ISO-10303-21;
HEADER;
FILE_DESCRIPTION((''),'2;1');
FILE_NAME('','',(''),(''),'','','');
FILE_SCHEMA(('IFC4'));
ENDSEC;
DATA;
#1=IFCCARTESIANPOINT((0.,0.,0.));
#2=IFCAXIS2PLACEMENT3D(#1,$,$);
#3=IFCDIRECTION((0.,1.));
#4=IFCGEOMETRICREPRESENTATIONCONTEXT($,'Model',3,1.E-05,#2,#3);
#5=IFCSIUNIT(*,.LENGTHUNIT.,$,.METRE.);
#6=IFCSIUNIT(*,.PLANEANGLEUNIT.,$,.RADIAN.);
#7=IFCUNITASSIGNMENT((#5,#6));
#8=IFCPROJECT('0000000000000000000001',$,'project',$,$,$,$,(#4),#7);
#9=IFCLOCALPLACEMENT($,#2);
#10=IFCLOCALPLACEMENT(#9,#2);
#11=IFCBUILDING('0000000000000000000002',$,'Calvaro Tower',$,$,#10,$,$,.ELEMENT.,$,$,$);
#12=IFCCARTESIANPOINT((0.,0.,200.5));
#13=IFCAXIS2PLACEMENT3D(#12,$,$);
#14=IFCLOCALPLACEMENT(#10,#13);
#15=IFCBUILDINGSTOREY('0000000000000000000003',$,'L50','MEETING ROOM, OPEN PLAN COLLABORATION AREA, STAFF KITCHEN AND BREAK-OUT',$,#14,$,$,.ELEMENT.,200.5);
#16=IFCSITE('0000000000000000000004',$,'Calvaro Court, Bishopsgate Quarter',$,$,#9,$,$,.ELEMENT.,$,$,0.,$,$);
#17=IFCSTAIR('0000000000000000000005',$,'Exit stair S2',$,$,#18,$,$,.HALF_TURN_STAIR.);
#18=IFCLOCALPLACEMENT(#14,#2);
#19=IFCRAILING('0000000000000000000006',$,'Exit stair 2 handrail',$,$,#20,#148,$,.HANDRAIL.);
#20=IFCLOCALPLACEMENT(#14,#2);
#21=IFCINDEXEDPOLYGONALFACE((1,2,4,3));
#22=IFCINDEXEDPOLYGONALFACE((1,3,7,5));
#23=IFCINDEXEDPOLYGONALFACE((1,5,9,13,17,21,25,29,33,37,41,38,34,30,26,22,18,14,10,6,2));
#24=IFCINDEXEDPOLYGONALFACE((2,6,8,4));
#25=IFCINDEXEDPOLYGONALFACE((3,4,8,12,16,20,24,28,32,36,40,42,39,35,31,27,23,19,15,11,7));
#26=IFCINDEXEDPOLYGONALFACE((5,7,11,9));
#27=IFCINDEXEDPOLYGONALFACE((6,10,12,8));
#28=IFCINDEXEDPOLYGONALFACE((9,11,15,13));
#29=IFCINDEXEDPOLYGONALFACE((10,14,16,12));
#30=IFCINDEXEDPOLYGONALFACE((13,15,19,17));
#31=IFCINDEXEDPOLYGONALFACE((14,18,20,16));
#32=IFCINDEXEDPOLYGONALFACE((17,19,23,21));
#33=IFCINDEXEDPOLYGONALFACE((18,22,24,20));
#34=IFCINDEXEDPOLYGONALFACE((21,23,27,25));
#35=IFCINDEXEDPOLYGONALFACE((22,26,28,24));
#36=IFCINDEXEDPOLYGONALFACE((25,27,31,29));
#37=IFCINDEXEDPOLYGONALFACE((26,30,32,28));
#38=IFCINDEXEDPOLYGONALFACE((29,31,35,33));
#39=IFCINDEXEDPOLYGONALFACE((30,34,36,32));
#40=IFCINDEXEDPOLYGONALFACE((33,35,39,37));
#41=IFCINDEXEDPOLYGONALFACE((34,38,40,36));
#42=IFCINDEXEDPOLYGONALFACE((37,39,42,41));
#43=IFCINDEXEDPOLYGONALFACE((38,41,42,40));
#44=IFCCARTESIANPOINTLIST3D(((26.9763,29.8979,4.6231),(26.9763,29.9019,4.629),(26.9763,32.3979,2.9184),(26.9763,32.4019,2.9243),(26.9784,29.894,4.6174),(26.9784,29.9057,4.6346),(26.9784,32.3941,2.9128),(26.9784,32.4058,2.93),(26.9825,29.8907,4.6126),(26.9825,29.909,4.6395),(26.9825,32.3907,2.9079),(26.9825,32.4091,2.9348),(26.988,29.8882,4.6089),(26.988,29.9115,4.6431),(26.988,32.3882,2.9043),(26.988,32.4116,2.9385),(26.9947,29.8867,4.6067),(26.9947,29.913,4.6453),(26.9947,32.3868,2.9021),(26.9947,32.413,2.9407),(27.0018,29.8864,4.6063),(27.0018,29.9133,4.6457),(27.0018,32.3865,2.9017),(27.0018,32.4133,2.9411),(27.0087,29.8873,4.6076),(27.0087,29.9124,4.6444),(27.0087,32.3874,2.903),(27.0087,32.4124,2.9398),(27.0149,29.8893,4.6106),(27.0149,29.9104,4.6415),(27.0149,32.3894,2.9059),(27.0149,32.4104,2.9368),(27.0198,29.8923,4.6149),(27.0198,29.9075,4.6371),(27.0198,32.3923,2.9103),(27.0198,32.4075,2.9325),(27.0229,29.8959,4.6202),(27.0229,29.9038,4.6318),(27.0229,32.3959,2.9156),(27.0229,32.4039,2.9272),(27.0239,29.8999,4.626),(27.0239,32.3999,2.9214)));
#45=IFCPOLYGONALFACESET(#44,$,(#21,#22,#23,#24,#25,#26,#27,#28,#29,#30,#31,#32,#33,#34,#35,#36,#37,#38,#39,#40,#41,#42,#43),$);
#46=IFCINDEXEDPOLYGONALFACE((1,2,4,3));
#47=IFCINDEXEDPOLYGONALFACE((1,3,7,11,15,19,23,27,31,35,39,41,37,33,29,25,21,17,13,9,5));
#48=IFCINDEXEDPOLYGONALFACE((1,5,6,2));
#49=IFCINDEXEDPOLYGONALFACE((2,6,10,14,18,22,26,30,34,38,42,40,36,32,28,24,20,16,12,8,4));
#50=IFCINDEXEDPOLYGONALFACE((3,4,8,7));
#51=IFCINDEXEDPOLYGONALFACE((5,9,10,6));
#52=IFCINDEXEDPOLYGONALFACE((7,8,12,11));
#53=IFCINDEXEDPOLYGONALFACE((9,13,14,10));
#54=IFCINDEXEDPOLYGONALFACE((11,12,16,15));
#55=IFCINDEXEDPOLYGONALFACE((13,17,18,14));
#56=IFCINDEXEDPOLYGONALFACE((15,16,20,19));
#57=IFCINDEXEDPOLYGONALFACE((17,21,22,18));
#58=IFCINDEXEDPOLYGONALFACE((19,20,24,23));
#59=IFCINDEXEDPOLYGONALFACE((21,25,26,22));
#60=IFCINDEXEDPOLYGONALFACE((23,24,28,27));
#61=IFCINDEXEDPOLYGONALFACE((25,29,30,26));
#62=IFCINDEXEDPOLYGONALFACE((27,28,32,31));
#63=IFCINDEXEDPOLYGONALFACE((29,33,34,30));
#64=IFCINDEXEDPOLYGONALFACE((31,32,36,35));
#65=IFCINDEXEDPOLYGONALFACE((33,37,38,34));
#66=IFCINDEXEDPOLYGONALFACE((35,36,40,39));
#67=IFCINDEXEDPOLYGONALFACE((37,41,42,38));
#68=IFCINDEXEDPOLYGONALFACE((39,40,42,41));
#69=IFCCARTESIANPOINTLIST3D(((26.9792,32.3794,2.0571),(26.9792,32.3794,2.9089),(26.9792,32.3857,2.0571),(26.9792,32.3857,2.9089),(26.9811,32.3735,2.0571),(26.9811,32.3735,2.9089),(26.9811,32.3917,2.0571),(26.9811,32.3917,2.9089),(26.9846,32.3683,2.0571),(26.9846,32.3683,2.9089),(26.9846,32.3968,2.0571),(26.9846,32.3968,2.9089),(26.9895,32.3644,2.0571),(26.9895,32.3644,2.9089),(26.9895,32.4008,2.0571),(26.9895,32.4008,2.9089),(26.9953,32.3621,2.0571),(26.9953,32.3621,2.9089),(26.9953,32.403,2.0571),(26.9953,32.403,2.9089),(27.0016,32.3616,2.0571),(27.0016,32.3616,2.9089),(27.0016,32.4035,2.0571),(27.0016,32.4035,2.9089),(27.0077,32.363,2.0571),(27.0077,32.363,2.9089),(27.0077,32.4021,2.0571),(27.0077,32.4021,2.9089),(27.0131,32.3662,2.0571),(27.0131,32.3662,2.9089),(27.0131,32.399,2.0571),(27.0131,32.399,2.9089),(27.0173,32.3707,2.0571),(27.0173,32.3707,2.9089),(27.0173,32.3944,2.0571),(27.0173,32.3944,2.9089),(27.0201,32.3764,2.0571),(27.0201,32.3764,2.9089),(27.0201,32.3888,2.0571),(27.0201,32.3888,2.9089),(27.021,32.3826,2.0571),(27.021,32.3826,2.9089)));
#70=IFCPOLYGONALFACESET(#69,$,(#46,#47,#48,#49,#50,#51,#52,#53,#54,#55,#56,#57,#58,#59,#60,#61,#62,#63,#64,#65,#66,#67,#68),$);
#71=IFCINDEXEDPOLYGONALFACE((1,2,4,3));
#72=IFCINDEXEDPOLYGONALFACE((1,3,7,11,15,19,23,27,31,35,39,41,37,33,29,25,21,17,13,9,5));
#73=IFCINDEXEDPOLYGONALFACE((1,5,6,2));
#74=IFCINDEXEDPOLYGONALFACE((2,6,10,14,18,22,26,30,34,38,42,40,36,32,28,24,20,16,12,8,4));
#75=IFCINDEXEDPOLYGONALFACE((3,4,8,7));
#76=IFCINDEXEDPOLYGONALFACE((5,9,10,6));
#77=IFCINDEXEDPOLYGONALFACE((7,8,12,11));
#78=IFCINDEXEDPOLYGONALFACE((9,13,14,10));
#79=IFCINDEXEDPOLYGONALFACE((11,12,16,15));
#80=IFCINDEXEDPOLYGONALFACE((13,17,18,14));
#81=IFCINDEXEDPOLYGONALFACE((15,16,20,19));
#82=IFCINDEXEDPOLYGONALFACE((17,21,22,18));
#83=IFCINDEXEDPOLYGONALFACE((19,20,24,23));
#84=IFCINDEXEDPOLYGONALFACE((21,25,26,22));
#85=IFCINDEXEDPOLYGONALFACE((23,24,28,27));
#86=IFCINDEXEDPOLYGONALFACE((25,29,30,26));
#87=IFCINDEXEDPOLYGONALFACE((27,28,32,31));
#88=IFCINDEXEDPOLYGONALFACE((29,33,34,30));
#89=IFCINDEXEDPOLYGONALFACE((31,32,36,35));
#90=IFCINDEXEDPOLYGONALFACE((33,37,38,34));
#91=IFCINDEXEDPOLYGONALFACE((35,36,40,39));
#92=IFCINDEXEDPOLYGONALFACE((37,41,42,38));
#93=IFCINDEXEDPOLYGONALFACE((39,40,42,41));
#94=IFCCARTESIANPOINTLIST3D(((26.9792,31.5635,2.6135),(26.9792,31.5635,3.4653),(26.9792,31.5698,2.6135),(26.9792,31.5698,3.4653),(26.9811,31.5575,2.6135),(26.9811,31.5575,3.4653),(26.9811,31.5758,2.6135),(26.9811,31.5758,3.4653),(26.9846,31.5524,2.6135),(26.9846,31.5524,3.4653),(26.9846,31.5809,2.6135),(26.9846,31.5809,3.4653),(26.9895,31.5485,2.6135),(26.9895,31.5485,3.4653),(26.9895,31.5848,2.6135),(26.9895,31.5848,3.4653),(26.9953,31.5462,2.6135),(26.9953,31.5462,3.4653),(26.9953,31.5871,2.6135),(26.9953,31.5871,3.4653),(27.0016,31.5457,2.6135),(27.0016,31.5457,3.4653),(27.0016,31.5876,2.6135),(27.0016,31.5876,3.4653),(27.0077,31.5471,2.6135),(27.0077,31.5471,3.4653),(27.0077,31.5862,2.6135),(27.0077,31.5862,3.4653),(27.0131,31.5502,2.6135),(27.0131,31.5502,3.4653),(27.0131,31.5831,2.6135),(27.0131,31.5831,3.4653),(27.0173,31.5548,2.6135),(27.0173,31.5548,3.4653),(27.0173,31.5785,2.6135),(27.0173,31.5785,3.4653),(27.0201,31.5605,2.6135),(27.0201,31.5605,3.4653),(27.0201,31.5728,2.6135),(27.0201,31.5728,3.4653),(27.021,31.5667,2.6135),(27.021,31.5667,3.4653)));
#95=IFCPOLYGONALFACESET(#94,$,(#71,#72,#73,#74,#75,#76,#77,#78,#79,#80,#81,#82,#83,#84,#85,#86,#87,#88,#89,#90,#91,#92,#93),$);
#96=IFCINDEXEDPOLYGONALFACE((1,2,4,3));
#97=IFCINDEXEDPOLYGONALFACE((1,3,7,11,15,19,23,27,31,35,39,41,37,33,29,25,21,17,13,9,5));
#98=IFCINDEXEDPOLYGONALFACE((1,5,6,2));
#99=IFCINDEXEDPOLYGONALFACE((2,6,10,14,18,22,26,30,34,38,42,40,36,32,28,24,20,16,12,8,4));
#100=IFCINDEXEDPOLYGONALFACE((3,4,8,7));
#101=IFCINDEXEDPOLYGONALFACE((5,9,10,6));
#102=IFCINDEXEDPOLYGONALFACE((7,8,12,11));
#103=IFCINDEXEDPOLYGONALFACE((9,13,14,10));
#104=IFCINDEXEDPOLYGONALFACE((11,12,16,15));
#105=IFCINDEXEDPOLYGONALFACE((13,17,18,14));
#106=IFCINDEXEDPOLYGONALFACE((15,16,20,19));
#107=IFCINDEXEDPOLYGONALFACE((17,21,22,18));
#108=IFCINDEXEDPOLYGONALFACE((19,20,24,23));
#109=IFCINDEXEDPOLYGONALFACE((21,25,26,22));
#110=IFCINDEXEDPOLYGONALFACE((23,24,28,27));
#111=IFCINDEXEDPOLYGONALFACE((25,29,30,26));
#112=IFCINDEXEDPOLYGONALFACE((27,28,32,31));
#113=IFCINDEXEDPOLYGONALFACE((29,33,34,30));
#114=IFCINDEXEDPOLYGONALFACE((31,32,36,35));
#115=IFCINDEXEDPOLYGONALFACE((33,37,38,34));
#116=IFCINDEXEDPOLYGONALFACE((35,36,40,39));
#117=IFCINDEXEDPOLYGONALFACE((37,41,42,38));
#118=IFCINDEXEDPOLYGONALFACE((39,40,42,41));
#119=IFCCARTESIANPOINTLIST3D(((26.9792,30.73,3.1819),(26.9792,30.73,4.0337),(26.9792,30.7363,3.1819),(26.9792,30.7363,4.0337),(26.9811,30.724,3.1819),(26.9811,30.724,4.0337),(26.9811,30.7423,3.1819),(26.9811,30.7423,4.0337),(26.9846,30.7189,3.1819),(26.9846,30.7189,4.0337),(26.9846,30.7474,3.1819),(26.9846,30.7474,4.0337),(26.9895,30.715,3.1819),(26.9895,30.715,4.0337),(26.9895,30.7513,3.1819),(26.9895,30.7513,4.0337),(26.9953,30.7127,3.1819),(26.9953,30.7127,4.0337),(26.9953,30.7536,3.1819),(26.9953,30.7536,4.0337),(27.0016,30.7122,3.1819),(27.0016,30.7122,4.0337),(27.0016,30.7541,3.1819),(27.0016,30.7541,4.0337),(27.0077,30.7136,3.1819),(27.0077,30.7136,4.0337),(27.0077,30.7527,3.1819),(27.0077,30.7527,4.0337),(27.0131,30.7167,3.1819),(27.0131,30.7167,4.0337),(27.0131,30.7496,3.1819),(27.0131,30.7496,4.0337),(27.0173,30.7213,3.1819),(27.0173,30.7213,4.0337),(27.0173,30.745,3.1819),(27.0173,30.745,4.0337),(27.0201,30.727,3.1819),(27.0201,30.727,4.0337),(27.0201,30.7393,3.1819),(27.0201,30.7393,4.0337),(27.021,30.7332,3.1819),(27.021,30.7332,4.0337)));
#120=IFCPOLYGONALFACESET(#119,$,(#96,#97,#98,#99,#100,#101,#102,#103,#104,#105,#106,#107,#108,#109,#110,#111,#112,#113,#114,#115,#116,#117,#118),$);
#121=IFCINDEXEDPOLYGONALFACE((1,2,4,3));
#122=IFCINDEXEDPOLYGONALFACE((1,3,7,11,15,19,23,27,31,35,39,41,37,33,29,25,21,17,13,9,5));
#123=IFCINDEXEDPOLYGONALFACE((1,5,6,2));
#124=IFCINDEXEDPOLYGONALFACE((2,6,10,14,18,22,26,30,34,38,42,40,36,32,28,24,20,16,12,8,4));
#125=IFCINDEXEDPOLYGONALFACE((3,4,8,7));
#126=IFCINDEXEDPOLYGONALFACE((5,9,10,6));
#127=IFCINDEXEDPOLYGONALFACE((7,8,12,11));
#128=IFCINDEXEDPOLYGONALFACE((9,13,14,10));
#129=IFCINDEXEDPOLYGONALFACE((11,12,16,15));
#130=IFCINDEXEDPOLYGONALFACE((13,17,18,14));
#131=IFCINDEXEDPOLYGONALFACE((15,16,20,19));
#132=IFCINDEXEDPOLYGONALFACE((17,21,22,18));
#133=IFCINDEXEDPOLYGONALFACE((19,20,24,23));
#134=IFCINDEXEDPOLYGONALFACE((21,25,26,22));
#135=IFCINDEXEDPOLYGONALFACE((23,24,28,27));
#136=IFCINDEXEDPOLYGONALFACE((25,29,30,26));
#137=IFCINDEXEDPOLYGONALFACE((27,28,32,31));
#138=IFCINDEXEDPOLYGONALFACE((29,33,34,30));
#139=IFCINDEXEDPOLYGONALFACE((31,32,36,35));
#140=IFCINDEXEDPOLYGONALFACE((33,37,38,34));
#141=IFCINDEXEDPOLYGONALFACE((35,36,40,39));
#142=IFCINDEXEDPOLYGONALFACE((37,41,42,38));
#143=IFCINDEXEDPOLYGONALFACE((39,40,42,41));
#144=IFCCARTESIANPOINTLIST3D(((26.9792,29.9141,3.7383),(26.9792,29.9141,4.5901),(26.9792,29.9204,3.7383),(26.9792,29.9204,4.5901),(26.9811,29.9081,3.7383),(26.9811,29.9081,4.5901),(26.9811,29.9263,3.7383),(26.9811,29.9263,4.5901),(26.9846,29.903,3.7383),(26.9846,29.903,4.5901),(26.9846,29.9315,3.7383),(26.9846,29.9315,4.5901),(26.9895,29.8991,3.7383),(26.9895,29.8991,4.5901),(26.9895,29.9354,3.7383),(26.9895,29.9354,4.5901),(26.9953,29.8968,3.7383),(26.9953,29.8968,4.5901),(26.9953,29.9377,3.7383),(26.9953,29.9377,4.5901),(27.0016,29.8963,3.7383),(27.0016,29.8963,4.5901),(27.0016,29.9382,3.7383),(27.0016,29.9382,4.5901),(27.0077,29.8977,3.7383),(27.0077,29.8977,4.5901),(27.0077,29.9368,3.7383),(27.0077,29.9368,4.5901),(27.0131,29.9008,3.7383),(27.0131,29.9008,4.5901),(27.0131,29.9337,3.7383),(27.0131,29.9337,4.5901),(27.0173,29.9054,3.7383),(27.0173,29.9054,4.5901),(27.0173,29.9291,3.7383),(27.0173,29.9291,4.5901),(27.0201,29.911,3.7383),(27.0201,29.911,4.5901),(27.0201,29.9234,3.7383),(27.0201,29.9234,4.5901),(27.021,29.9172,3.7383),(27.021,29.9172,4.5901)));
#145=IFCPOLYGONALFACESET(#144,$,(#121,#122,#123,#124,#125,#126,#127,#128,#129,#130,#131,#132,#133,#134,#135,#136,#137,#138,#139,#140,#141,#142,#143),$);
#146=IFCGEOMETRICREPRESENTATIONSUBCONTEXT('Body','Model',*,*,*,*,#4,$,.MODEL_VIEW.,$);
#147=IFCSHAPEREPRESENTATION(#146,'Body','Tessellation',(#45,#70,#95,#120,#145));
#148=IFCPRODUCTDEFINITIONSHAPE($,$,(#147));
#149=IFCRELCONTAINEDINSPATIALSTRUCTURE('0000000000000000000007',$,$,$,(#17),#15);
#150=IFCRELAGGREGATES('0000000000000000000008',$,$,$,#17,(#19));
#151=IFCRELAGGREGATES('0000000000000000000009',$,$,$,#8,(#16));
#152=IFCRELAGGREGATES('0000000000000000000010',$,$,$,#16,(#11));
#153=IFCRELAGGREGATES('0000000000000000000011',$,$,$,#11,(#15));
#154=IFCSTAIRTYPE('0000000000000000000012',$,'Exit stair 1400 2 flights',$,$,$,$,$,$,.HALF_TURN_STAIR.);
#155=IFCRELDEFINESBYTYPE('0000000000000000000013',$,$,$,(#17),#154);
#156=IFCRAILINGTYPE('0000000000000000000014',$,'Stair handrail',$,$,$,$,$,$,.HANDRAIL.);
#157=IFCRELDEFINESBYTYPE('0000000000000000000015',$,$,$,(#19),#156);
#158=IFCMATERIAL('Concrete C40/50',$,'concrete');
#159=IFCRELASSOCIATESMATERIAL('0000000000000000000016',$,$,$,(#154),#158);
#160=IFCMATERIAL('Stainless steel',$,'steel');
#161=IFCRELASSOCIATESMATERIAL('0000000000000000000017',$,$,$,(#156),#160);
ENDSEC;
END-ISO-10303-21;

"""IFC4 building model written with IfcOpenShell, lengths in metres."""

from ifc_helpers import new_model, si_unit, direction, frame, origin, origin_2d, place, context, subcontext, project, spatial, circle, extrude, material, type_object, element, aggregate, save


model = new_model("IFC4")

# Units and contexts
model_context = context("Model", 3, precision=1e-05, world=origin(), true_north=direction((0.0, 1.0)))
body_context = subcontext(model_context, "Body", "Model", "MODEL_VIEW")
ifc_project = project(units=[si_unit("LENGTHUNIT", "METRE"), si_unit("PLANEANGLEUNIT", "RADIAN")], contexts=[model_context])

# Site, building, storey
site_placement = place(None, origin())
site = spatial("IfcSite", under=ifc_project, at=site_placement, Name="Calvaro Court, Bishopsgate Quarter", CompositionType="ELEMENT", RefElevation=0.0)
building_placement = place(site_placement, origin())
building = spatial("IfcBuilding", under=site, at=building_placement, Name="Calvaro Tower", CompositionType="ELEMENT")
storey_placement = place(building_placement, frame((0.0, 0.0, 200.5)))
storey = spatial("IfcBuildingStorey", under=building, at=storey_placement, Name="L50", Description="MEETING ROOM, OPEN PLAN COLLABORATION AREA, STAFF KITCHEN AND BREAK-OUT", CompositionType="ELEMENT", Elevation=200.5)

# Stair, railing
ifc_material_1 = material(Name="Concrete C40/50", Category="concrete")
stair_type = type_object("IfcStairType", Name="Exit stair 1400 2 flights", PredefinedType="HALF_TURN_STAIR", material=ifc_material_1)
stair_placement = place(storey_placement, origin())
stair = element("IfcStair", 1, at=stair_placement, inside=storey, type_object=stair_type, Name="Exit stair S2", PredefinedType="HALF_TURN_STAIR")
ifc_material_2 = material(Name="Stainless steel", Category="steel")
railing_type = type_object("IfcRailingType", Name="Stair handrail", PredefinedType="HANDRAIL", material=ifc_material_2)
railing_1_placement = place(storey_placement, frame((27.0, 32.3999, 2.0454)))
railing_1 = element("IfcRailing", 2, at=railing_1_placement, type_object=railing_type, Name="Exit stair 2 handrail", PredefinedType="HANDRAIL", context=body_context, shape_type="SweptSolid", body=[
    extrude(circle(Radius=0.0239, at=origin_2d()), frame((0.0, 0.0, 0.876), z_axis=(0.0, -0.826221, 0.563347), x_axis=(1.0, 0.0, 0.0)), (0.0, 0.0, 1.0), 3.0259),
    extrude(circle(Radius=0.021, at=origin_2d()), frame((0.0, -0.0173, 0.0117)), (0.0, 0.0, 1.0), 0.8518),
    extrude(circle(Radius=0.021, at=origin_2d()), frame((0.0, -0.8333, 0.5681)), (0.0, 0.0, 1.0), 0.8518),
    extrude(circle(Radius=0.021, at=origin_2d()), frame((0.0, -1.6667, 1.1365)), (0.0, 0.0, 1.0), 0.8518),
    extrude(circle(Radius=0.021, at=origin_2d()), frame((0.0, -2.4827, 1.6929)), (0.0, 0.0, 1.0), 0.8518),
])
aggregate(stair, [railing_1])

save(model, "model.ifc")
